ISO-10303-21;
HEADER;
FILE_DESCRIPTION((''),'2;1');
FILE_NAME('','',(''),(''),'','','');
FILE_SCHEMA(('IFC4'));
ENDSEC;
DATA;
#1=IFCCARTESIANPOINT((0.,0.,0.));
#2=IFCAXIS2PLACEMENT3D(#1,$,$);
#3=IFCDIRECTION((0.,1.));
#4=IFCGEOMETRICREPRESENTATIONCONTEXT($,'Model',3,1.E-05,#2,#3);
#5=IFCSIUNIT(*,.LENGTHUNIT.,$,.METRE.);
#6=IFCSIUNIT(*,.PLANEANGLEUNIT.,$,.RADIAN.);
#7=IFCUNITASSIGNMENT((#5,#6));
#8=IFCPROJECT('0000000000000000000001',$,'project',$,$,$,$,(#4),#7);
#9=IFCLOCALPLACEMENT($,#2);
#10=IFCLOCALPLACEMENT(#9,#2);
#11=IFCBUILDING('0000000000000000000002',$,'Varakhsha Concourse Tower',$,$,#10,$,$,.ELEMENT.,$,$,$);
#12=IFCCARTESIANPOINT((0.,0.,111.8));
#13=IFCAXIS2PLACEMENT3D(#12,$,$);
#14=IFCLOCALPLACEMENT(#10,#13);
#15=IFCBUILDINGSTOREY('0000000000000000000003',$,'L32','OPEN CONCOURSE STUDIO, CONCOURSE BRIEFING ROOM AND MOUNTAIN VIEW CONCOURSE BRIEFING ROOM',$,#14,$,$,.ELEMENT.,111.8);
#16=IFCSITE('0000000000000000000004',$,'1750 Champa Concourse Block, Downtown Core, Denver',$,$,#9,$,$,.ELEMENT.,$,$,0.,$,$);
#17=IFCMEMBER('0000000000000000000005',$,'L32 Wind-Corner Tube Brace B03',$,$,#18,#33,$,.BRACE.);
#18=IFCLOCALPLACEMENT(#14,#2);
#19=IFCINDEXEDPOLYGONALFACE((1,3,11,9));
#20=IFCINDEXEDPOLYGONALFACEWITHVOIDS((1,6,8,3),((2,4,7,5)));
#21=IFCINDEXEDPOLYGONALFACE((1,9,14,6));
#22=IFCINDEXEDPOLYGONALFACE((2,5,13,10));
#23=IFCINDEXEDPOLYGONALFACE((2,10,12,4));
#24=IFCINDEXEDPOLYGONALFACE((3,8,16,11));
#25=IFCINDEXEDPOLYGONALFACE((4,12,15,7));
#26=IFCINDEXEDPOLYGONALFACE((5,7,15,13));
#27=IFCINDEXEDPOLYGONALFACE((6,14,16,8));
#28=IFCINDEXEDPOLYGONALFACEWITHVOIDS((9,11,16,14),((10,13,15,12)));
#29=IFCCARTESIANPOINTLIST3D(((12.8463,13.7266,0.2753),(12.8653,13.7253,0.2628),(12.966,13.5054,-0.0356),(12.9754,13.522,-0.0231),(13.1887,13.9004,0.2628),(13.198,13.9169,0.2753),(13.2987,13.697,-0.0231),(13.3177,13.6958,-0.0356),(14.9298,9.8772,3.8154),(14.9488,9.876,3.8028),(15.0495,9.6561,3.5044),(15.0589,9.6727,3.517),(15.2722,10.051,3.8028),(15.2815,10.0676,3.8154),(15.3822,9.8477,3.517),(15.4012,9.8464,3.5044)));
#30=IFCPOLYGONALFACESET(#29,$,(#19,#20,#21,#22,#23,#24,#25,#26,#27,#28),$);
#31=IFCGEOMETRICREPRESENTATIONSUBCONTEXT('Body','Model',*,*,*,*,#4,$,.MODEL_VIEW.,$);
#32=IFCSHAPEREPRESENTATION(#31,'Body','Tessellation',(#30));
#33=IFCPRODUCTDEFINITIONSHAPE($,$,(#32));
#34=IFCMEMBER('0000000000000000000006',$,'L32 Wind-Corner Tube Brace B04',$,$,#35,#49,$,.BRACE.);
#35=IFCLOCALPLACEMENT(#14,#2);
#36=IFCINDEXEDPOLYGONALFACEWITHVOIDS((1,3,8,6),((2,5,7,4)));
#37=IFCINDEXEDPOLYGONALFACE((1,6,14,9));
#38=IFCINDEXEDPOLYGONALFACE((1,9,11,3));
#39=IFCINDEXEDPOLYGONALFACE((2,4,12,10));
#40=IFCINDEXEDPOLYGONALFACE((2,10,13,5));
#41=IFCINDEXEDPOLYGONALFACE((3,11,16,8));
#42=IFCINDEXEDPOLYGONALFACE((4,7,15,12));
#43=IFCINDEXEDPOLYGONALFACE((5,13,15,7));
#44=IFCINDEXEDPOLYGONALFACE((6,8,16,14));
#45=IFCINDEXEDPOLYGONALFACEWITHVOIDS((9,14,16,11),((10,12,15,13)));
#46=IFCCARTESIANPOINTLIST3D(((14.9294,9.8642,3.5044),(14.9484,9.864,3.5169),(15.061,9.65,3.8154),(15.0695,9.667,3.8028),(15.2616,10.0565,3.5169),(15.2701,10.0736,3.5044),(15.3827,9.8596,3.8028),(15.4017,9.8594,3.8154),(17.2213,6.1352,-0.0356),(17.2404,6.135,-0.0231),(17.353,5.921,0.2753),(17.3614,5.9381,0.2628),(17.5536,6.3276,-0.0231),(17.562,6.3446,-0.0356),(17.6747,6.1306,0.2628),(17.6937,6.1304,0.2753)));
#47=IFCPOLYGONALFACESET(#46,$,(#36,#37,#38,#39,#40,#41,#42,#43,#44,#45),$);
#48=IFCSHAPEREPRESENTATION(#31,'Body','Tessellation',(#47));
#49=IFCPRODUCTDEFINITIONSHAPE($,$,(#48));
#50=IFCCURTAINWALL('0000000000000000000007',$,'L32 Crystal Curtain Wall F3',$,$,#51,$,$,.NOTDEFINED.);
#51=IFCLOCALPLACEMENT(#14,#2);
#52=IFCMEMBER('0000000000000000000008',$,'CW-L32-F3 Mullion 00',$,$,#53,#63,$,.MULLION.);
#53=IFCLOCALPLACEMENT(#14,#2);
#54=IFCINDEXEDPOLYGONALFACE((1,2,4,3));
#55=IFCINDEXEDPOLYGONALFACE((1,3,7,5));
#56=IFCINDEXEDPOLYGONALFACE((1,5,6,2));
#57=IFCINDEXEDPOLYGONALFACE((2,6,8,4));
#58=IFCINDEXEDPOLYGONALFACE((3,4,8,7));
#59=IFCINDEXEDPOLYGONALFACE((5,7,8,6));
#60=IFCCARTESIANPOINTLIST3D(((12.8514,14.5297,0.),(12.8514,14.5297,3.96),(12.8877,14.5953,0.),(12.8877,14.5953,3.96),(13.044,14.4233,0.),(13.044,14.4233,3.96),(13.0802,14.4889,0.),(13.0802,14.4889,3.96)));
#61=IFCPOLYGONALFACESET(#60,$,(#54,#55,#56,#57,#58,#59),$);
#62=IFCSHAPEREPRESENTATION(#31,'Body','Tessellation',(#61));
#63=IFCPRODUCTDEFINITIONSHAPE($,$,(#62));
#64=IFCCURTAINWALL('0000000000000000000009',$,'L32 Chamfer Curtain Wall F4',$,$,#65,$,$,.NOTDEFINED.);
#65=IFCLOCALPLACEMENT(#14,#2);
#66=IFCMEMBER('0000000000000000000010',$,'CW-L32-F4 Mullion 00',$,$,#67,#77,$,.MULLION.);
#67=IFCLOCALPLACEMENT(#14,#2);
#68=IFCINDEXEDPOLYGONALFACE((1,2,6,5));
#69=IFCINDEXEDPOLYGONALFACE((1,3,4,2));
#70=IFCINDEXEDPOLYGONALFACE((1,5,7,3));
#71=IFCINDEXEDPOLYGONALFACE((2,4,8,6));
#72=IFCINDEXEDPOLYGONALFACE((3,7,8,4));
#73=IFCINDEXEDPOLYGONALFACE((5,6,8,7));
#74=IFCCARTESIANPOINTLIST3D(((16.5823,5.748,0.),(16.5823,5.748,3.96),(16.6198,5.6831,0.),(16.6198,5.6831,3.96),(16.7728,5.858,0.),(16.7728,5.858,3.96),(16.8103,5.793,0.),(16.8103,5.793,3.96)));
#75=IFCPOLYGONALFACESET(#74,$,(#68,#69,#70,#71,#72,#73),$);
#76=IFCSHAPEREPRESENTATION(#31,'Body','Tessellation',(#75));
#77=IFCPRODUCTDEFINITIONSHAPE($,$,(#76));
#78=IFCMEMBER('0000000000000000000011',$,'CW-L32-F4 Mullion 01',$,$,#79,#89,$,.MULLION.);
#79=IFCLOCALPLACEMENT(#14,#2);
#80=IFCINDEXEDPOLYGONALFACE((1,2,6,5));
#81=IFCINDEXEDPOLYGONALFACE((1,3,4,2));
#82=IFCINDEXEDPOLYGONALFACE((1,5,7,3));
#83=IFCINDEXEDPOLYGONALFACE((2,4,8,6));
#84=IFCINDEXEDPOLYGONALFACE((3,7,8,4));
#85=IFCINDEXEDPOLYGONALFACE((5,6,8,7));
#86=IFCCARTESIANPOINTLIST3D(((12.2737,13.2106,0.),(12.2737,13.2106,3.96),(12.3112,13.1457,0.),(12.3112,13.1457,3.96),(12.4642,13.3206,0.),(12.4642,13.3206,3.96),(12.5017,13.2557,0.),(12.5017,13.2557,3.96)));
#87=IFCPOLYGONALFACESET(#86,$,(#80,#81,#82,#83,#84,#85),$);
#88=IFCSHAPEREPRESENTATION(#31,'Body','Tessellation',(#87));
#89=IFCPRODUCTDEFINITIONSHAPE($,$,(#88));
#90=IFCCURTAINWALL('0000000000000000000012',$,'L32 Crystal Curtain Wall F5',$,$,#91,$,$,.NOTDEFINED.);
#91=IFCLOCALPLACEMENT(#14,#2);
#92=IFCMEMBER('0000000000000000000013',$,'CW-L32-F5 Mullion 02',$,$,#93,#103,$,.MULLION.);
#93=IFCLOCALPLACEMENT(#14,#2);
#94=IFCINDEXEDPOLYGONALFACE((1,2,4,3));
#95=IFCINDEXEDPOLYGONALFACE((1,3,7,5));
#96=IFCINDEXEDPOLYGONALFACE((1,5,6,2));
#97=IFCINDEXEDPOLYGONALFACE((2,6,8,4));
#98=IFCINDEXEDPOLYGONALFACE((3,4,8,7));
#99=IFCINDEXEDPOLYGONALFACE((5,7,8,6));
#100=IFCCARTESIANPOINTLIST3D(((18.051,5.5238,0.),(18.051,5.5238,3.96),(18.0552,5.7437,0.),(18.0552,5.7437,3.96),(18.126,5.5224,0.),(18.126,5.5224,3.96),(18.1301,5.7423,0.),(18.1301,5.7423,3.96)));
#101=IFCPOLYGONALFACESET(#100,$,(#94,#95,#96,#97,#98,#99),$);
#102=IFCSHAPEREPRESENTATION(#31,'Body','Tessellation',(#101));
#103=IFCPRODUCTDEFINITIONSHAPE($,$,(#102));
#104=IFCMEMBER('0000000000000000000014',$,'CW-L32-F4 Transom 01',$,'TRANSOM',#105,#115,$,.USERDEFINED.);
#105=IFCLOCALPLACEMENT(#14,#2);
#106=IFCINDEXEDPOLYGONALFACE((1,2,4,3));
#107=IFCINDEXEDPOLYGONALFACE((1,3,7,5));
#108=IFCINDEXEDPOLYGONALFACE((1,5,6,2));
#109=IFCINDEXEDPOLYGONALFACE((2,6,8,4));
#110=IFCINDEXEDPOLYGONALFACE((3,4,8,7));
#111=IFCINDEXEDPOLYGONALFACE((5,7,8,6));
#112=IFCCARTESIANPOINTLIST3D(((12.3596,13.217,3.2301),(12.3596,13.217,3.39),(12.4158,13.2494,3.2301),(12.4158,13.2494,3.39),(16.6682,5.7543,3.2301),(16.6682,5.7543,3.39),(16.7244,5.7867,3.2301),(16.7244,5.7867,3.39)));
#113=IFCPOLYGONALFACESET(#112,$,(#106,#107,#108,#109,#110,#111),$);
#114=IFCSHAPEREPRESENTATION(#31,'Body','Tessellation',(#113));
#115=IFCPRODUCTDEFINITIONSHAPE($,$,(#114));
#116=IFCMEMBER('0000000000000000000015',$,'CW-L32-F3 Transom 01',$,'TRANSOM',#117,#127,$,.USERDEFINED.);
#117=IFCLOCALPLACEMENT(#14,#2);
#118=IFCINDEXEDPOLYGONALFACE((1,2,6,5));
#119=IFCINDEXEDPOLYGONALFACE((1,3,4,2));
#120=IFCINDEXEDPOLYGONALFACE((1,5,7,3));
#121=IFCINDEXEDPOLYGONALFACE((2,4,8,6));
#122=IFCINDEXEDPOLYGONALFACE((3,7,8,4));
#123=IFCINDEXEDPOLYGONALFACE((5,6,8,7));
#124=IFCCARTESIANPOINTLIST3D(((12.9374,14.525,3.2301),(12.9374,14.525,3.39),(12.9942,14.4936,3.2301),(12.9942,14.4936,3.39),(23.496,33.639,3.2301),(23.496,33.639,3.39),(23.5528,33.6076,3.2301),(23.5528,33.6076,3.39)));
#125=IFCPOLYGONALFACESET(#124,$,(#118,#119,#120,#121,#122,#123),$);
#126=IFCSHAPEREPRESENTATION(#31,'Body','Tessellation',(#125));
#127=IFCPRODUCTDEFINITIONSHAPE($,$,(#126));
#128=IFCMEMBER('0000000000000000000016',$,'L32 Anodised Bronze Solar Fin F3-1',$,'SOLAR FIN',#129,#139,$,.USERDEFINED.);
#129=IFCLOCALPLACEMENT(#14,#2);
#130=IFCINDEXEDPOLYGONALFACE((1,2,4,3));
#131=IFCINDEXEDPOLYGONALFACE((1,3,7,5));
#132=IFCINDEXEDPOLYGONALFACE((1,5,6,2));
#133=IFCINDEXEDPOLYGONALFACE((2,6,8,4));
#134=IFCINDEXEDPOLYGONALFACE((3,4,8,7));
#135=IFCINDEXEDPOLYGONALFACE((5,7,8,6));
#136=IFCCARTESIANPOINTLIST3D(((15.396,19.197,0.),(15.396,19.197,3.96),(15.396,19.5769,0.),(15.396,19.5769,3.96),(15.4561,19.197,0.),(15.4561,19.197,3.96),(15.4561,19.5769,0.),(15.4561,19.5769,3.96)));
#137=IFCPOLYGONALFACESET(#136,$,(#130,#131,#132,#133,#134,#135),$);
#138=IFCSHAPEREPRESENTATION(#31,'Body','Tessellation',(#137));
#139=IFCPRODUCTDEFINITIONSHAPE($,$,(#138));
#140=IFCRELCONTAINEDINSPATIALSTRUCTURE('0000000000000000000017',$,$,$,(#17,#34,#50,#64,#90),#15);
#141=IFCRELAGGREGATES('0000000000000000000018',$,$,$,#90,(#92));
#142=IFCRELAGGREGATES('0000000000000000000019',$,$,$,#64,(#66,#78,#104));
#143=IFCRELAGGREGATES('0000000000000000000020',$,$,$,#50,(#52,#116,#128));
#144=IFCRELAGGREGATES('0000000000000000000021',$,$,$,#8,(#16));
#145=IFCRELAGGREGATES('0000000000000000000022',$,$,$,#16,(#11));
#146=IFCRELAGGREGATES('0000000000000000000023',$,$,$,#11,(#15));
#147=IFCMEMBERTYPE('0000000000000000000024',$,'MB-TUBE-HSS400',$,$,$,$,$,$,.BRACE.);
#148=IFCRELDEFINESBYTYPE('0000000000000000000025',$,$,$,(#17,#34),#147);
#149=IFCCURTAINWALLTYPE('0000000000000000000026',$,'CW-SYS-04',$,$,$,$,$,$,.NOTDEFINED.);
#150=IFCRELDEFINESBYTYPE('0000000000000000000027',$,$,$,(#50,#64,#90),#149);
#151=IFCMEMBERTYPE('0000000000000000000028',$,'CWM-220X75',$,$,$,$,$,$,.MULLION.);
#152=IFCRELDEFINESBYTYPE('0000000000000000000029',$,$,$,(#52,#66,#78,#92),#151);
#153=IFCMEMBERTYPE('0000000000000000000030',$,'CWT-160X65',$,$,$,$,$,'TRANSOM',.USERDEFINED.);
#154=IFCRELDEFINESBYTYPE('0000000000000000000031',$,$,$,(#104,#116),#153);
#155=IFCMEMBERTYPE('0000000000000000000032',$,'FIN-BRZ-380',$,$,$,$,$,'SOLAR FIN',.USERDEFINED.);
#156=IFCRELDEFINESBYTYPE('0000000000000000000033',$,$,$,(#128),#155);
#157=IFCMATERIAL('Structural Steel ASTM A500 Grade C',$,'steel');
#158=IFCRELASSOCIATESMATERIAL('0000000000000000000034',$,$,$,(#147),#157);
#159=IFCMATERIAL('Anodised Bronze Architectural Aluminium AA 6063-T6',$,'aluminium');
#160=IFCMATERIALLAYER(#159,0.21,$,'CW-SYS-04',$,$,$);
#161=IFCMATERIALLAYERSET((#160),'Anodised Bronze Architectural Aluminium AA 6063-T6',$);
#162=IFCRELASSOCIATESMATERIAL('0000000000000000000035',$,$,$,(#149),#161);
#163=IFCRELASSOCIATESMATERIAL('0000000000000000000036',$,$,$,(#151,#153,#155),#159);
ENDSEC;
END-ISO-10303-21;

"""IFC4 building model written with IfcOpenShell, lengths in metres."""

from ifc_helpers import new_model, si_unit, direction, frame, origin, origin_2d, place, context, subcontext, project, spatial, rectangle, hollow_rectangle, extrude, source, transform, mapped, material, layer, layer_set, material_profile, profile_set, type_object, type_shapes, element, aggregate, save


model = new_model("IFC4")

# Units and contexts
model_context = context("Model", 3, precision=1e-05, world=origin(), true_north=direction((0.0, 1.0)))
body_context = subcontext(model_context, "Body", "Model", "MODEL_VIEW")
ifc_project = project(units=[si_unit("LENGTHUNIT", "METRE"), si_unit("PLANEANGLEUNIT", "RADIAN")], contexts=[model_context])

# Site, building, storey
site_placement = place(None, origin())
site = spatial("IfcSite", under=ifc_project, at=site_placement, Name="1750 Champa Concourse Block, Downtown Core, Denver", CompositionType="ELEMENT", RefElevation=0.0)
building_placement = place(site_placement, origin())
building = spatial("IfcBuilding", under=site, at=building_placement, Name="Varakhsha Concourse Tower", CompositionType="ELEMENT")
storey_placement = place(building_placement, frame((0.0, 0.0, 111.8)))
storey = spatial("IfcBuildingStorey", under=building, at=storey_placement, Name="L32", Description="OPEN CONCOURSE STUDIO, CONCOURSE BRIEFING ROOM AND MOUNTAIN VIEW CONCOURSE BRIEFING ROOM", CompositionType="ELEMENT", Elevation=111.8)

# Members
ifc_material_1 = material(Name="Structural Steel ASTM A500 Grade C", Category="steel")
ifc_material_profile_1 = material_profile(ifc_material_1, hollow_rectangle(XDim=0.3999, YDim=0.3999, WallThickness=0.0161, at=origin_2d()), Name="HSS 400x400x16")
ifc_profile_set_1 = profile_set([ifc_material_profile_1], Name="Structural Steel ASTM A500 Grade C")
member_type_1 = type_object("IfcMemberType", Name="MB-TUBE-HSS400", PredefinedType="BRACE", material=ifc_profile_set_1)
shared_shape_1 = source(origin(), body_context, "Body", "SweptSolid", [
    extrude(hollow_rectangle(XDim=0.3999, YDim=0.3999, WallThickness=0.0161, at=origin_2d()), origin(), (0.0, 0.0, 1.0), 5.6294),
])
type_shapes(member_type_1, [shared_shape_1])
for number, where, z_axis, x_axis, name in (
    (1, (13.082, 13.7112, 0.1199), (0.370108, -0.683793, 0.628845), (0.879443, 0.476005, 0.0), "L32 Wind-Corner Tube Brace B03"),
    (2, (17.4575, 6.1328, 0.1199), (-0.407144, 0.662411, 0.628844), (-0.851942, -0.523637, 0.0), "L32 Wind-Corner Tube Brace B04"),
):
    element("IfcMember", number, at=place(storey_placement, frame(where, z_axis=z_axis, x_axis=x_axis)), inside=storey, type_object=member_type_1, Name=name, PredefinedType="BRACE", context=body_context, shape_type="MappedRepresentation", body=[
        mapped(shared_shape_1, transform((0.0, 0.0, 0.0), scale=1.0)),
    ])

# Curtain wall, member
ifc_material_2 = material(Name="Anodised Bronze Architectural Aluminium AA 6063-T6", Category="aluminium")
ifc_layer_1 = layer(ifc_material_2, 0.21, Name="CW-SYS-04")
ifc_layer_set_1 = layer_set([ifc_layer_1], Name="Anodised Bronze Architectural Aluminium AA 6063-T6")
curtain_wall_type = type_object("IfcCurtainWallType", Name="CW-SYS-04", PredefinedType="NOTDEFINED", material=ifc_layer_set_1)
curtain_wall_1_placement = place(storey_placement, origin())
curtain_wall_1 = element("IfcCurtainWall", 3, at=curtain_wall_1_placement, inside=storey, type_object=curtain_wall_type, Name="L32 Crystal Curtain Wall F3", PredefinedType="NOTDEFINED")
ifc_material_profile_2 = material_profile(ifc_material_2, rectangle(XDim=0.075, YDim=0.22, at=origin_2d()), Name="CWM-220X75")
ifc_profile_set_2 = profile_set([ifc_material_profile_2], Name="Anodised Bronze Architectural Aluminium AA 6063-T6")
member_type_2 = type_object("IfcMemberType", Name="CWM-220X75", PredefinedType="MULLION", material=ifc_profile_set_2)
shared_shape_2 = source(origin(), body_context, "Body", "SweptSolid", [
    extrude(rectangle(XDim=0.075, YDim=0.22, at=origin_2d()), origin(), (0.0, 0.0, 1.0), 3.96),
])
type_shapes(member_type_2, [shared_shape_2])
member_1_placement = place(storey_placement, frame((12.9658, 14.5093, 0.0), z_axis=(0.0, 0.0, 1.0), x_axis=(0.483536, 0.875324, 0.0)))
member_1 = element("IfcMember", 4, at=member_1_placement, type_object=member_type_2, Name="CW-L32-F3 Mullion 00", PredefinedType="MULLION", context=body_context, shape_type="MappedRepresentation", body=[
    mapped(shared_shape_2, transform((0.0, 0.0, 0.0), scale=1.0)),
])

# Curtain wall, members
curtain_wall_2_placement = place(storey_placement, origin())
curtain_wall_2 = element("IfcCurtainWall", 5, at=curtain_wall_2_placement, inside=storey, type_object=curtain_wall_type, Name="L32 Chamfer Curtain Wall F4", PredefinedType="NOTDEFINED")
member_2_placement = place(storey_placement, frame((16.6963, 5.7705, 0.0), z_axis=(0.0, 0.0, 1.0), x_axis=(-0.499992, 0.86603, 0.0)))
member_2 = element("IfcMember", 6, at=member_2_placement, type_object=member_type_2, Name="CW-L32-F4 Mullion 00", PredefinedType="MULLION", context=body_context, shape_type="MappedRepresentation", body=[
    mapped(shared_shape_2, transform((0.0, 0.0, 0.0), scale=1.0)),
])
member_3_placement = place(storey_placement, frame((12.3877, 13.2332, 0.0), z_axis=(0.0, 0.0, 1.0), x_axis=(-0.499992, 0.86603, 0.0)))
member_3 = element("IfcMember", 7, at=member_3_placement, type_object=member_type_2, Name="CW-L32-F4 Mullion 01", PredefinedType="MULLION", context=body_context, shape_type="MappedRepresentation", body=[
    mapped(shared_shape_2, transform((0.0, 0.0, 0.0), scale=1.0)),
])

# Curtain wall, member
curtain_wall_3_placement = place(storey_placement, origin())
curtain_wall_3 = element("IfcCurtainWall", 8, at=curtain_wall_3_placement, inside=storey, type_object=curtain_wall_type, Name="L32 Crystal Curtain Wall F5", PredefinedType="NOTDEFINED")
member_4_placement = place(storey_placement, frame((18.0906, 5.6331, 0.0), z_axis=(0.0, 0.0, 1.0), x_axis=(-0.999821, 0.01891, 0.0)))
member_4 = element("IfcMember", 9, at=member_4_placement, type_object=member_type_2, Name="CW-L32-F5 Mullion 02", PredefinedType="MULLION", context=body_context, shape_type="MappedRepresentation", body=[
    mapped(shared_shape_2, transform((0.0, 0.0, 0.0), scale=1.0)),
])
aggregate(curtain_wall_3, [member_4])

# Members
ifc_material_profile_3 = material_profile(ifc_material_2, rectangle(XDim=0.0649, YDim=0.1599, at=origin_2d()), Name="CWT-160X65")
ifc_profile_set_3 = profile_set([ifc_material_profile_3], Name="Anodised Bronze Architectural Aluminium AA 6063-T6")
member_type_3 = type_object("IfcMemberType", Name="CWT-160X65", ElementType="TRANSOM", PredefinedType="USERDEFINED", material=ifc_profile_set_3)
shared_shape_3 = source(origin(), body_context, "Body", "SweptSolid", [
    extrude(rectangle(XDim=0.0649, YDim=0.1599, at=origin_2d()), origin(), (0.0, 0.0, 1.0), 8.6172),
])
member_5_placement = place(storey_placement, frame((16.6963, 5.7705, 3.3101), z_axis=(-0.500003, 0.866024, 0.0), x_axis=(-0.866024, -0.500003, 0.0)))
member_5 = element("IfcMember", 10, at=member_5_placement, type_object=member_type_3, Name="CW-L32-F4 Transom 01", ObjectType="TRANSOM", PredefinedType="USERDEFINED", context=body_context, shape_type="MappedRepresentation", body=[
    mapped(shared_shape_3, transform((0.0, 0.0, 0.0), scale=1.0)),
])
shared_shape_4 = source(origin(), body_context, "Body", "SweptSolid", [
    extrude(rectangle(XDim=0.0649, YDim=0.1599, at=origin_2d()), origin(), (0.0, 0.0, 1.0), 21.8364),
])
type_shapes(member_type_3, [shared_shape_3, shared_shape_4])
member_6_placement = place(storey_placement, frame((12.9658, 14.5093, 3.3101), z_axis=(0.483531, 0.875327, 0.0), x_axis=(-0.875327, 0.483531, 0.0)))
member_6 = element("IfcMember", 11, at=member_6_placement, type_object=member_type_3, Name="CW-L32-F3 Transom 01", ObjectType="TRANSOM", PredefinedType="USERDEFINED", context=body_context, shape_type="MappedRepresentation", body=[
    mapped(shared_shape_4, transform((0.0, 0.0, 0.0), scale=1.0)),
])
ifc_material_profile_4 = material_profile(ifc_material_2, rectangle(XDim=0.0601, YDim=0.3799, at=origin_2d()), Name="FIN-BRZ-380")
ifc_profile_set_4 = profile_set([ifc_material_profile_4], Name="Anodised Bronze Architectural Aluminium AA 6063-T6")
member_type_4 = type_object("IfcMemberType", Name="FIN-BRZ-380", ElementType="SOLAR FIN", PredefinedType="USERDEFINED", material=ifc_profile_set_4)
shared_shape_5 = source(origin(), body_context, "Body", "SweptSolid", [
    extrude(rectangle(XDim=0.0601, YDim=0.3799, at=origin_2d()), origin(), (0.0, 0.0, 1.0), 3.96),
])
type_shapes(member_type_4, [shared_shape_5])
member_7_placement = place(storey_placement, frame((15.426, 19.387, 0.0), z_axis=(0.0, 0.0, 1.0), x_axis=(1.0, 0.0, 0.0)))
member_7 = element("IfcMember", 12, at=member_7_placement, type_object=member_type_4, Name="L32 Anodised Bronze Solar Fin F3-1", ObjectType="SOLAR FIN", PredefinedType="USERDEFINED", context=body_context, shape_type="MappedRepresentation", body=[
    mapped(shared_shape_5, transform((0.0, 0.0, 0.0), scale=1.0)),
])

aggregate(curtain_wall_2, [member_2, member_3, member_5])
aggregate(curtain_wall_1, [member_1, member_6, member_7])

save(model, "model.ifc")
